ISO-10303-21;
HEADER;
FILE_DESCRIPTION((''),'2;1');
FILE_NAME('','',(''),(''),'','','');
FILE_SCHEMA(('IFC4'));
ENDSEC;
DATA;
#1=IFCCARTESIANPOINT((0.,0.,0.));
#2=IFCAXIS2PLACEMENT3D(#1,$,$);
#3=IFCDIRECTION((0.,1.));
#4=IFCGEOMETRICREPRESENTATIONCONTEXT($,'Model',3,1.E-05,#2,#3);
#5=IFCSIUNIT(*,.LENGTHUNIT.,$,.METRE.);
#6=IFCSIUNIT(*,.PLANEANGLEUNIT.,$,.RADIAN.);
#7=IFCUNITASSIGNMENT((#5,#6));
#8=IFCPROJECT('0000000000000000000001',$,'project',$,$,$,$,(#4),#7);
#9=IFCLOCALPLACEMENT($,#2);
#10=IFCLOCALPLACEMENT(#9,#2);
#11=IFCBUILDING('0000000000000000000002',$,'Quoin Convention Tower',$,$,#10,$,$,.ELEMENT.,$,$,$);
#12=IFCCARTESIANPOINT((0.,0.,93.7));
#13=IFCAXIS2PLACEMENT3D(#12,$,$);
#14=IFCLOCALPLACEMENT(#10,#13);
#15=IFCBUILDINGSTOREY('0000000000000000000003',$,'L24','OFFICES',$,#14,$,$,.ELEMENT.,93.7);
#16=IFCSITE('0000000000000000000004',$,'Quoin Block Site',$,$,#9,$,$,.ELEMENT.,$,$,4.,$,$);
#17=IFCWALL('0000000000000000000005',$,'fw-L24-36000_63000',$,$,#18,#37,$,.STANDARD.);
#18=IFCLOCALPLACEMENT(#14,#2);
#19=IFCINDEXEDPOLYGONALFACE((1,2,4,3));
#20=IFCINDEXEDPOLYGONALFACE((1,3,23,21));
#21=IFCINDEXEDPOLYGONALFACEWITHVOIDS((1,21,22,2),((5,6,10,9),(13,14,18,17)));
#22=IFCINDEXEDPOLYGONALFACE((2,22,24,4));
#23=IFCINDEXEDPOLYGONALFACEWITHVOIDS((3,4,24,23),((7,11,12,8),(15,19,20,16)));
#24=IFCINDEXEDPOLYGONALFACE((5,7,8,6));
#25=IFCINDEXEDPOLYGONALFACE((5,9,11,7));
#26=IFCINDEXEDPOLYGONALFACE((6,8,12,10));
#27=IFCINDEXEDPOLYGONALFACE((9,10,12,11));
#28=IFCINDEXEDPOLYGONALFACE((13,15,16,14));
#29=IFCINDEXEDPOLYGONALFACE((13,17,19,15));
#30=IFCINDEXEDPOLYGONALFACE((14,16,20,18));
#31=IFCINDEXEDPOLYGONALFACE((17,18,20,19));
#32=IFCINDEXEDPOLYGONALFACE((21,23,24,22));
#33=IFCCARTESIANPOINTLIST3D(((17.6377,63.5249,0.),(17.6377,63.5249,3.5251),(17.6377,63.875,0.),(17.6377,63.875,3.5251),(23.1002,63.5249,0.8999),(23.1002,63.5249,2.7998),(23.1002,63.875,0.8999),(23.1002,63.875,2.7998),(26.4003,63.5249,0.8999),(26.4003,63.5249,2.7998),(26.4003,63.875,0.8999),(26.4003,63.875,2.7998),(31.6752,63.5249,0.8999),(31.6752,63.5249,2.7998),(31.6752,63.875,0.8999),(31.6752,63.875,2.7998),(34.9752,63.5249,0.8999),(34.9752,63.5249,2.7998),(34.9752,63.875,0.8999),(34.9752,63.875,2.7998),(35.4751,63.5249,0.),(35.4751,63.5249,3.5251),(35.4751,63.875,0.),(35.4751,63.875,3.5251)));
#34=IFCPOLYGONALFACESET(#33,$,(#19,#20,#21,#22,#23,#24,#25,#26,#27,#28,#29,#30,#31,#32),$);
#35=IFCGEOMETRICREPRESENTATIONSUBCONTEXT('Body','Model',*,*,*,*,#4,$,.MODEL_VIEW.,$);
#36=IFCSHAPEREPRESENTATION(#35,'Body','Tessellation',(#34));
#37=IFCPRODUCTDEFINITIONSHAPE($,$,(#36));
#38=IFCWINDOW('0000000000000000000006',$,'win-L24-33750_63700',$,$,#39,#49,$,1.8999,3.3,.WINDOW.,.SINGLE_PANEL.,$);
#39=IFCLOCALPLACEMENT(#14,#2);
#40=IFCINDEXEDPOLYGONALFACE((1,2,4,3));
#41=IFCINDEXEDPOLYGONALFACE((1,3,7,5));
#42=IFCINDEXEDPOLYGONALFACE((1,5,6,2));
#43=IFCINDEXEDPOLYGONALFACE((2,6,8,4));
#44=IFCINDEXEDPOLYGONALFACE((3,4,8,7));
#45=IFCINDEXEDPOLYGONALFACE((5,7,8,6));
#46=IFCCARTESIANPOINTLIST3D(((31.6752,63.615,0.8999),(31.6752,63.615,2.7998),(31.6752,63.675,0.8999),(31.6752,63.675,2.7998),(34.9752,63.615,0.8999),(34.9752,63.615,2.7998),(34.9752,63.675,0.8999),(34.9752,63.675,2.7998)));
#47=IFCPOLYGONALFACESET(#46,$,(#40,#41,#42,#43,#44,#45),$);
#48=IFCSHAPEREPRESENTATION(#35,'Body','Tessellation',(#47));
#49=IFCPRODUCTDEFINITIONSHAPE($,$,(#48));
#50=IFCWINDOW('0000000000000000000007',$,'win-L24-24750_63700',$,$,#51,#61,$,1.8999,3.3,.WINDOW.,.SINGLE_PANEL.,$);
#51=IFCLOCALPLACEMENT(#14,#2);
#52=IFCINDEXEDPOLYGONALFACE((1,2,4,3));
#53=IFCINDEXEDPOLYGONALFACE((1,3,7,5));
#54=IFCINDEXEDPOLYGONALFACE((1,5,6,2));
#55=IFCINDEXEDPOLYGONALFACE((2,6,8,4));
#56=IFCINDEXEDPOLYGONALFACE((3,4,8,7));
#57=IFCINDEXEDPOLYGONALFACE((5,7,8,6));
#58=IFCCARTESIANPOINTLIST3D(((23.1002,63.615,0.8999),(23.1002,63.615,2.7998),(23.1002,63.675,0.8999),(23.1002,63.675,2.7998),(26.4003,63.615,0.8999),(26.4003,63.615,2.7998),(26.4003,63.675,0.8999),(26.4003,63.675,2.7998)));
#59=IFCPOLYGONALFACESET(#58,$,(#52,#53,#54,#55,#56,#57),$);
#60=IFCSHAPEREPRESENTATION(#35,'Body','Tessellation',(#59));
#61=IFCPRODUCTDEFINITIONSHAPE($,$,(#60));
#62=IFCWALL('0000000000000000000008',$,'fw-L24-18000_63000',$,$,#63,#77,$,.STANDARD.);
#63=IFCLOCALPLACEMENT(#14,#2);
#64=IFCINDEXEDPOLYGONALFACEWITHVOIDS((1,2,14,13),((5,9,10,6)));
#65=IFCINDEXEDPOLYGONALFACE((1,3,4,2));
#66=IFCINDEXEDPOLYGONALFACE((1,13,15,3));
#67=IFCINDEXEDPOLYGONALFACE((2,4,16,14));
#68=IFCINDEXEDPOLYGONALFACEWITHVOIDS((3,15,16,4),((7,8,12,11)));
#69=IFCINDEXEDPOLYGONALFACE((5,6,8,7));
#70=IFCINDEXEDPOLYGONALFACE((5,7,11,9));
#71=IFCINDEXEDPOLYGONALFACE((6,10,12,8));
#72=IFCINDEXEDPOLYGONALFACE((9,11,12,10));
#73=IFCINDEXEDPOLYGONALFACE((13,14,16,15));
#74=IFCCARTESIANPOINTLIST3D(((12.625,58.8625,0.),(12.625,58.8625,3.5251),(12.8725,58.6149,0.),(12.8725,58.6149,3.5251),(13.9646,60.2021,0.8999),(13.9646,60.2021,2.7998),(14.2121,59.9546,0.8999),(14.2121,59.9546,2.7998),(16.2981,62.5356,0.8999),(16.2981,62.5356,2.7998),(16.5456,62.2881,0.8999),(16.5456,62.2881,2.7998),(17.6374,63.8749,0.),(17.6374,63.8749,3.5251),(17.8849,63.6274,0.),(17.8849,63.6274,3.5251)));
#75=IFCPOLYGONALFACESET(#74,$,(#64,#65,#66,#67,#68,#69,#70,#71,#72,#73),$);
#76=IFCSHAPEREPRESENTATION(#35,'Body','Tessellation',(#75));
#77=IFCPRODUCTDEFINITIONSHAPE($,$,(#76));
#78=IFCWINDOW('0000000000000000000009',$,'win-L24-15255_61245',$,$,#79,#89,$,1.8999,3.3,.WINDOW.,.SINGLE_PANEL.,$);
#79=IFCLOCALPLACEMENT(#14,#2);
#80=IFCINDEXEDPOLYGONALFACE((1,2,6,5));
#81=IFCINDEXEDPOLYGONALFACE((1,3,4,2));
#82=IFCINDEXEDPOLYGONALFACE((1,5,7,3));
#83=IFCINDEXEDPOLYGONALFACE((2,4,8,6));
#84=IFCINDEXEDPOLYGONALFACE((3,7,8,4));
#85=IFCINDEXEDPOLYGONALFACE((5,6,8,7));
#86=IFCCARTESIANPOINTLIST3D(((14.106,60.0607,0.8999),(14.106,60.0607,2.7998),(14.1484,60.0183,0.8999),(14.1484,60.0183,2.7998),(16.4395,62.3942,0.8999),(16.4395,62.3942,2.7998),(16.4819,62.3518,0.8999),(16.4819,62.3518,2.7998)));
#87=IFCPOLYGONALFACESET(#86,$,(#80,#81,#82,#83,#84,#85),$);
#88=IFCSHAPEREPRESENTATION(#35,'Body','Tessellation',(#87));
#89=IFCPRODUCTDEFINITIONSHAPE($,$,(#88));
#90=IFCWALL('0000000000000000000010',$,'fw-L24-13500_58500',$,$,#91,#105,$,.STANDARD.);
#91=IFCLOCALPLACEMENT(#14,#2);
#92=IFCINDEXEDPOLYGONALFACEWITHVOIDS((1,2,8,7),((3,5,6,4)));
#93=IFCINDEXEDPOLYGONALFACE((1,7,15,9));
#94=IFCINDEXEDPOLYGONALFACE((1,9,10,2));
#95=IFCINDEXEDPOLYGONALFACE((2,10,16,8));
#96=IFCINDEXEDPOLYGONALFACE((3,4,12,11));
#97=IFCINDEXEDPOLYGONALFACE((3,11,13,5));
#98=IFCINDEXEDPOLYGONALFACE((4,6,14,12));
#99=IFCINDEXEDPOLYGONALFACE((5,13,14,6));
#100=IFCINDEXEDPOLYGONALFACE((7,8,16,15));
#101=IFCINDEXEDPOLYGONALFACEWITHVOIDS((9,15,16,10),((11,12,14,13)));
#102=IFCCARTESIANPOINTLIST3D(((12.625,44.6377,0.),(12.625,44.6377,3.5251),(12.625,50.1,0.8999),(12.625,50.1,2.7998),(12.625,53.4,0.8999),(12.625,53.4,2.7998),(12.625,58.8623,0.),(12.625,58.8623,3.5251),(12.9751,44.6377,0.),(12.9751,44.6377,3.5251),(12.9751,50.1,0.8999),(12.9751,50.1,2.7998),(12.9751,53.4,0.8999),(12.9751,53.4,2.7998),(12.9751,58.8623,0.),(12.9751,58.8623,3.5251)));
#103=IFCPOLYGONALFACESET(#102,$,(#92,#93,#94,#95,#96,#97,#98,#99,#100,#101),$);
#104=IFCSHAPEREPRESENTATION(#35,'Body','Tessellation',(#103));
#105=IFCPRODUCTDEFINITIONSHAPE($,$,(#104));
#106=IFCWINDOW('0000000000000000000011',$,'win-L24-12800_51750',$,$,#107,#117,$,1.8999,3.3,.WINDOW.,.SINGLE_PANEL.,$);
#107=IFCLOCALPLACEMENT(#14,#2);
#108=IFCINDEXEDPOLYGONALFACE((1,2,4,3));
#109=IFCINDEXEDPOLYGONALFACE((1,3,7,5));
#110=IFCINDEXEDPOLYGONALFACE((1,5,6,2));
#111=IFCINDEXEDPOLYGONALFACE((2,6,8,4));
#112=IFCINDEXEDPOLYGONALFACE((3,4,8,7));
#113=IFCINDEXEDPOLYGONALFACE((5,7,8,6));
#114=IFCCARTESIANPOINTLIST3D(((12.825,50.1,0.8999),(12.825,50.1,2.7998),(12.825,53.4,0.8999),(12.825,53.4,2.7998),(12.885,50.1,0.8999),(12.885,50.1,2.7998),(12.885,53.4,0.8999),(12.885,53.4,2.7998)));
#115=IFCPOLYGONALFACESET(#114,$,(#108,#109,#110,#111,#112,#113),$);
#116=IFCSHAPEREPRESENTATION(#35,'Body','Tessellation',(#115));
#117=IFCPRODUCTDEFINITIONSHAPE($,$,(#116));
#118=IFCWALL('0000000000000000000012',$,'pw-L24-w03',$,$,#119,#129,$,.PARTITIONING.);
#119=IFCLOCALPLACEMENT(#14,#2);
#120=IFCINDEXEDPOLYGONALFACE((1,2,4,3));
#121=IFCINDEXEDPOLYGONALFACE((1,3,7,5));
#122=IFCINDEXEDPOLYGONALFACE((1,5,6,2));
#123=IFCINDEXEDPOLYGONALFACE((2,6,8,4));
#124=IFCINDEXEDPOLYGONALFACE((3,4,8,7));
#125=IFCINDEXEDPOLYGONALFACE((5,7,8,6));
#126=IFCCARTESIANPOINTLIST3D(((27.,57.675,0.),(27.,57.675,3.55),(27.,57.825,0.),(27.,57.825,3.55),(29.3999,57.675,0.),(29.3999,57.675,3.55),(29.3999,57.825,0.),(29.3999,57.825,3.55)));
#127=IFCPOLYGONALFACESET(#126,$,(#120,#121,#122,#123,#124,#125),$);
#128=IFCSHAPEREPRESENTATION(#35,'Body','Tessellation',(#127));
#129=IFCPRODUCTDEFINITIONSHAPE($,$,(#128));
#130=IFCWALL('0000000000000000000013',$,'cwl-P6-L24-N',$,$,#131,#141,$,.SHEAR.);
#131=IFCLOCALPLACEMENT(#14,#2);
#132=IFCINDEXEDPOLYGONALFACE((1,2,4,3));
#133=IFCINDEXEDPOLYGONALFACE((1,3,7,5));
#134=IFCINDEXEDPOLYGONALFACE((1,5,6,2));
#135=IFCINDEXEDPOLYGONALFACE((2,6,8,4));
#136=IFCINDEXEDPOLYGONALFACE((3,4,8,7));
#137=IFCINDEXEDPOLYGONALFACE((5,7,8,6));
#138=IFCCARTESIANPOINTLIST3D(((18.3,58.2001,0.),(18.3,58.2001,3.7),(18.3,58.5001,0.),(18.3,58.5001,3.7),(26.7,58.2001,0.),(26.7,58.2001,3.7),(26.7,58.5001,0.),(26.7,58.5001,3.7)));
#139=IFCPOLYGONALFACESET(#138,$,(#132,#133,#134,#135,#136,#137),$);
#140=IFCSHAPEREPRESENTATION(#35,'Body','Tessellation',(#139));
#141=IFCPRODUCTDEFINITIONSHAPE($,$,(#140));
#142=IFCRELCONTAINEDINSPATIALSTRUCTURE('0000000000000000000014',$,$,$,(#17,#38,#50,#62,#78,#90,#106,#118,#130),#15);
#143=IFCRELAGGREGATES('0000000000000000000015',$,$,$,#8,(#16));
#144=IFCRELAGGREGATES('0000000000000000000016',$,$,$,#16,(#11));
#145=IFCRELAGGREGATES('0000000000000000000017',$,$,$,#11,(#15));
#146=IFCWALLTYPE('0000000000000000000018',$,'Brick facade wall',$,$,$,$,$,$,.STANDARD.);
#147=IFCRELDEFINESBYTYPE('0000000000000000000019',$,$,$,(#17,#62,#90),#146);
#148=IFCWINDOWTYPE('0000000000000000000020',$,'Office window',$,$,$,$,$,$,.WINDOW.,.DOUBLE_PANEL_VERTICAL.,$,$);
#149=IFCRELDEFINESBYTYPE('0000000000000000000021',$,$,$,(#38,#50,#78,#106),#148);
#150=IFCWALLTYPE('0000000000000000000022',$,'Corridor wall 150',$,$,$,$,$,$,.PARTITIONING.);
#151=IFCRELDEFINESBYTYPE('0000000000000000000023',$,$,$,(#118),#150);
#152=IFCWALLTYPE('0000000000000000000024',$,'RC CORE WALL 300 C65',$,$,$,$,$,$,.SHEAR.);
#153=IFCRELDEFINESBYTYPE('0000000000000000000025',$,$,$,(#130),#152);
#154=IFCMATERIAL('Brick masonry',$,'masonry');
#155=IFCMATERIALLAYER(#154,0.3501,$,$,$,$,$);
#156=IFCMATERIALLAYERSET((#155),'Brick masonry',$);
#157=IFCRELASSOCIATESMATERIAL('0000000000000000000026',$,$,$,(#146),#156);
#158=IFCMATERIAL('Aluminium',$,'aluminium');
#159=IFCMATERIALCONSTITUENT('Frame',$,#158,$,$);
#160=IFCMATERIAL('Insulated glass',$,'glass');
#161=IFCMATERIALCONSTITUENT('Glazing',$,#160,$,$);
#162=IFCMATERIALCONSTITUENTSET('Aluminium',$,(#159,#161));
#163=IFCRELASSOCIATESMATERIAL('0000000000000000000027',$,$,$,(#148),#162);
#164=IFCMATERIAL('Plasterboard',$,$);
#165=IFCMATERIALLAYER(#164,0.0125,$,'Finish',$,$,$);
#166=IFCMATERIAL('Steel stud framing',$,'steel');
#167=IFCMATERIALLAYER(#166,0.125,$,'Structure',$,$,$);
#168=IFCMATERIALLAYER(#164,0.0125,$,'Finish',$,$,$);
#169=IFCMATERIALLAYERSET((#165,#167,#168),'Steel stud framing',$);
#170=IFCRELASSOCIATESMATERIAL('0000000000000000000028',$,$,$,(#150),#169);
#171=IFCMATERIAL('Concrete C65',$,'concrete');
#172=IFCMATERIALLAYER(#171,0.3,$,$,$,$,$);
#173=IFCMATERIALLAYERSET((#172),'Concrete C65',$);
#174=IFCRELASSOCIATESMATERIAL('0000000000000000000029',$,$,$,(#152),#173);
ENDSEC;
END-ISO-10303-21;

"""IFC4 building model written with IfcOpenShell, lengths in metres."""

from ifc_helpers import new_model, si_unit, direction, frame, frame_2d, origin, place, context, subcontext, project, spatial, rectangle, extrude, material, layer, layer_set, constituent, constituent_set, type_object, element, fill, save


model = new_model("IFC4")

# Units and contexts
model_context = context("Model", 3, precision=1e-05, world=origin(), true_north=direction((0.0, 1.0)))
body_context = subcontext(model_context, "Body", "Model", "MODEL_VIEW")
ifc_project = project(units=[si_unit("LENGTHUNIT", "METRE"), si_unit("PLANEANGLEUNIT", "RADIAN")], contexts=[model_context])

# Site, building, storey
site_placement = place(None, origin())
site = spatial("IfcSite", under=ifc_project, at=site_placement, Name="Quoin Block Site", CompositionType="ELEMENT", RefElevation=4.0)
building_placement = place(site_placement, origin())
building = spatial("IfcBuilding", under=site, at=building_placement, Name="Quoin Convention Tower", CompositionType="ELEMENT")
storey_placement = place(building_placement, frame((0.0, 0.0, 93.7)))
storey = spatial("IfcBuildingStorey", under=building, at=storey_placement, Name="L24", Description="OFFICES", CompositionType="ELEMENT", Elevation=93.7)

# Shared definitions
ifc_material_1 = material(Name="Concrete C65", Category="concrete")

# Shared definitions
ifc_material_2 = material(Name="Brick masonry", Category="masonry")
ifc_layer_1 = layer(ifc_material_2, 0.3501)
ifc_layer_set_1 = layer_set([ifc_layer_1], Name="Brick masonry")
wall_type_1 = type_object("IfcWallType", Name="Brick facade wall", PredefinedType="STANDARD", material=ifc_layer_set_1)
ifc_material_3 = material(Name="Aluminium", Category="aluminium")
ifc_constituent_1 = constituent(ifc_material_3, Name="Frame")
ifc_material_4 = material(Name="Insulated glass", Category="glass")
ifc_constituent_2 = constituent(ifc_material_4, Name="Glazing")
ifc_constituent_set = constituent_set(constituents=[ifc_constituent_1, ifc_constituent_2], Name="Aluminium")
window_type = type_object("IfcWindowType", Name="Office window", PartitioningType="DOUBLE_PANEL_VERTICAL", PredefinedType="WINDOW", material=ifc_constituent_set)

# Wall, openings, windows
wall_1_placement = place(storey_placement, frame((35.4751, 63.7, 0.0), z_axis=(0.0, 0.0, 1.0), x_axis=(-1.0, 0.0, 0.0)))
wall_1 = element("IfcWall", 1, at=wall_1_placement, inside=storey, type_object=wall_type_1, Name="fw-L24-36000_63000", PredefinedType="STANDARD", context=body_context, shape_type="SweptSolid", body=[
    extrude(rectangle(XDim=17.8374, YDim=0.3501, at=frame_2d((8.9187, 0.0))), origin(), (0.0, 0.0, 1.0), 3.5251),
])
opening_1_placement = place(wall_1_placement, frame((0.5, 0.0, 0.8999)))
opening_1 = element("IfcOpeningElement", 2, at=opening_1_placement, cuts=wall_1, PredefinedType="OPENING", context=body_context, shape_type="SweptSolid", body=[
    extrude(rectangle(XDim=3.3, YDim=1.8999, at=frame_2d((1.6499, 0.95))), frame((0.0, 0.1851, 0.0), z_axis=(0.0, -1.0, 0.0), x_axis=(1.0, 0.0, 0.0)), (0.0, 0.0, 1.0), 0.3701),
])
opening_2_placement = place(wall_1_placement, frame((9.075, 0.0, 0.8999)))
opening_2 = element("IfcOpeningElement", 3, at=opening_2_placement, cuts=wall_1, PredefinedType="OPENING", context=body_context, shape_type="SweptSolid", body=[
    extrude(rectangle(XDim=3.3, YDim=1.8999, at=frame_2d((1.6499, 0.95))), frame((0.0, 0.1851, 0.0), z_axis=(0.0, -1.0, 0.0), x_axis=(1.0, 0.0, 0.0)), (0.0, 0.0, 1.0), 0.3701),
])
window_1_placement = place(opening_1_placement, origin())
window_1 = element("IfcWindow", 4, at=window_1_placement, inside=storey, type_object=window_type, Name="win-L24-33750_63700", OverallHeight=1.8999, OverallWidth=3.3, PartitioningType="SINGLE_PANEL", PredefinedType="WINDOW", context=body_context, shape_type="SweptSolid", body=[
    extrude(rectangle(XDim=3.3, YDim=1.8999, at=frame_2d((1.6499, 0.95))), frame((0.0, 0.085, 0.0), z_axis=(0.0, -1.0, 0.0), x_axis=(1.0, 0.0, 0.0)), (0.0, 0.0, 1.0), 0.0601),
])
fill(opening_1, window_1)
window_2_placement = place(opening_2_placement, origin())
window_2 = element("IfcWindow", 5, at=window_2_placement, inside=storey, type_object=window_type, Name="win-L24-24750_63700", OverallHeight=1.8999, OverallWidth=3.3, PartitioningType="SINGLE_PANEL", PredefinedType="WINDOW", context=body_context, shape_type="SweptSolid", body=[
    extrude(rectangle(XDim=3.3, YDim=1.8999, at=frame_2d((1.6499, 0.95))), frame((0.0, 0.085, 0.0), z_axis=(0.0, -1.0, 0.0), x_axis=(1.0, 0.0, 0.0)), (0.0, 0.0, 1.0), 0.0601),
])
fill(opening_2, window_2)

# Walls, openings, windows
wall_2_placement = place(storey_placement, frame((17.7612, 63.7512, 0.0), z_axis=(0.0, 0.0, 1.0), x_axis=(-0.707107, -0.707107, 0.0)))
wall_2 = element("IfcWall", 6, at=wall_2_placement, inside=storey, type_object=wall_type_1, Name="fw-L24-18000_63000", PredefinedType="STANDARD", context=body_context, shape_type="SweptSolid", body=[
    extrude(rectangle(XDim=7.0886, YDim=0.3501, at=frame_2d((3.5444, 0.0))), origin(), (0.0, 0.0, 1.0), 3.5251),
])
opening_3_placement = place(wall_2_placement, frame((1.8943, 0.0, 0.8999)))
opening_3 = element("IfcOpeningElement", 7, at=opening_3_placement, cuts=wall_2, PredefinedType="OPENING", context=body_context, shape_type="SweptSolid", body=[
    extrude(rectangle(XDim=3.3, YDim=1.8999, at=frame_2d((1.6499, 0.95))), frame((0.0, 0.1851, 0.0), z_axis=(0.0, -1.0, 0.0), x_axis=(1.0, 0.0, 0.0)), (0.0, 0.0, 1.0), 0.3701),
])
window_3_placement = place(opening_3_placement, origin())
window_3 = element("IfcWindow", 8, at=window_3_placement, inside=storey, type_object=window_type, Name="win-L24-15255_61245", OverallHeight=1.8999, OverallWidth=3.3, PartitioningType="SINGLE_PANEL", PredefinedType="WINDOW", context=body_context, shape_type="SweptSolid", body=[
    extrude(rectangle(XDim=3.3, YDim=1.8999, at=frame_2d((1.6499, 0.95))), frame((0.0, 0.085, 0.0), z_axis=(0.0, -1.0, 0.0), x_axis=(1.0, 0.0, 0.0)), (0.0, 0.0, 1.0), 0.0601),
])
fill(opening_3, window_3)
wall_3_placement = place(storey_placement, frame((12.8, 58.8623, 0.0), z_axis=(0.0, 0.0, 1.0), x_axis=(0.0, -1.0, 0.0)))
wall_3 = element("IfcWall", 9, at=wall_3_placement, inside=storey, type_object=wall_type_1, Name="fw-L24-13500_58500", PredefinedType="STANDARD", context=body_context, shape_type="SweptSolid", body=[
    extrude(rectangle(XDim=14.2246, YDim=0.3501, at=frame_2d((7.1123, 0.0))), origin(), (0.0, 0.0, 1.0), 3.5251),
])
opening_4_placement = place(wall_3_placement, frame((5.4624, 0.0, 0.8999)))
opening_4 = element("IfcOpeningElement", 10, at=opening_4_placement, cuts=wall_3, PredefinedType="OPENING", context=body_context, shape_type="SweptSolid", body=[
    extrude(rectangle(XDim=3.3, YDim=1.8999, at=frame_2d((1.6499, 0.95))), frame((0.0, 0.1851, 0.0), z_axis=(0.0, -1.0, 0.0), x_axis=(1.0, 0.0, 0.0)), (0.0, 0.0, 1.0), 0.3701),
])
window_4_placement = place(opening_4_placement, origin())
window_4 = element("IfcWindow", 11, at=window_4_placement, inside=storey, type_object=window_type, Name="win-L24-12800_51750", OverallHeight=1.8999, OverallWidth=3.3, PartitioningType="SINGLE_PANEL", PredefinedType="WINDOW", context=body_context, shape_type="SweptSolid", body=[
    extrude(rectangle(XDim=3.3, YDim=1.8999, at=frame_2d((1.6499, 0.95))), frame((0.0, 0.085, 0.0), z_axis=(0.0, -1.0, 0.0), x_axis=(1.0, 0.0, 0.0)), (0.0, 0.0, 1.0), 0.0601),
])
fill(opening_4, window_4)

# Walls
ifc_material_5 = material(Name="Plasterboard")
ifc_layer_2 = layer(ifc_material_5, 0.0125, Name="Finish")
ifc_material_6 = material(Name="Steel stud framing", Category="steel")
ifc_layer_3 = layer(ifc_material_6, 0.125, Name="Structure")
ifc_layer_4 = layer(ifc_material_5, 0.0125, Name="Finish")
ifc_layer_set_2 = layer_set([ifc_layer_2, ifc_layer_3, ifc_layer_4], Name="Steel stud framing")
wall_type_2 = type_object("IfcWallType", Name="Corridor wall 150", PredefinedType="PARTITIONING", material=ifc_layer_set_2)
wall_4_placement = place(storey_placement, frame((27.0, 57.75, 0.0), z_axis=(0.0, 0.0, 1.0), x_axis=(1.0, 0.0, 0.0)))
element("IfcWall", 12, at=wall_4_placement, inside=storey, type_object=wall_type_2, Name="pw-L24-w03", PredefinedType="PARTITIONING", context=body_context, shape_type="SweptSolid", body=[
    extrude(rectangle(XDim=2.3999, YDim=0.1499, at=frame_2d((1.2, 0.0))), origin(), (0.0, 0.0, 1.0), 3.55),
])
ifc_layer_5 = layer(ifc_material_1, 0.3)
ifc_layer_set_3 = layer_set([ifc_layer_5], Name="Concrete C65")
wall_type_3 = type_object("IfcWallType", Name="RC CORE WALL 300 C65", PredefinedType="SHEAR", material=ifc_layer_set_3)
wall_5_placement = place(storey_placement, frame((18.3, 58.3501, 0.0), z_axis=(0.0, 0.0, 1.0), x_axis=(1.0, 0.0, 0.0)))
element("IfcWall", 13, at=wall_5_placement, inside=storey, type_object=wall_type_3, Name="cwl-P6-L24-N", PredefinedType="SHEAR", context=body_context, shape_type="SweptSolid", body=[
    extrude(rectangle(XDim=8.3999, YDim=0.3, at=frame_2d((4.2, 0.0))), origin(), (0.0, 0.0, 1.0), 3.7),
])

save(model, "model.ifc")
